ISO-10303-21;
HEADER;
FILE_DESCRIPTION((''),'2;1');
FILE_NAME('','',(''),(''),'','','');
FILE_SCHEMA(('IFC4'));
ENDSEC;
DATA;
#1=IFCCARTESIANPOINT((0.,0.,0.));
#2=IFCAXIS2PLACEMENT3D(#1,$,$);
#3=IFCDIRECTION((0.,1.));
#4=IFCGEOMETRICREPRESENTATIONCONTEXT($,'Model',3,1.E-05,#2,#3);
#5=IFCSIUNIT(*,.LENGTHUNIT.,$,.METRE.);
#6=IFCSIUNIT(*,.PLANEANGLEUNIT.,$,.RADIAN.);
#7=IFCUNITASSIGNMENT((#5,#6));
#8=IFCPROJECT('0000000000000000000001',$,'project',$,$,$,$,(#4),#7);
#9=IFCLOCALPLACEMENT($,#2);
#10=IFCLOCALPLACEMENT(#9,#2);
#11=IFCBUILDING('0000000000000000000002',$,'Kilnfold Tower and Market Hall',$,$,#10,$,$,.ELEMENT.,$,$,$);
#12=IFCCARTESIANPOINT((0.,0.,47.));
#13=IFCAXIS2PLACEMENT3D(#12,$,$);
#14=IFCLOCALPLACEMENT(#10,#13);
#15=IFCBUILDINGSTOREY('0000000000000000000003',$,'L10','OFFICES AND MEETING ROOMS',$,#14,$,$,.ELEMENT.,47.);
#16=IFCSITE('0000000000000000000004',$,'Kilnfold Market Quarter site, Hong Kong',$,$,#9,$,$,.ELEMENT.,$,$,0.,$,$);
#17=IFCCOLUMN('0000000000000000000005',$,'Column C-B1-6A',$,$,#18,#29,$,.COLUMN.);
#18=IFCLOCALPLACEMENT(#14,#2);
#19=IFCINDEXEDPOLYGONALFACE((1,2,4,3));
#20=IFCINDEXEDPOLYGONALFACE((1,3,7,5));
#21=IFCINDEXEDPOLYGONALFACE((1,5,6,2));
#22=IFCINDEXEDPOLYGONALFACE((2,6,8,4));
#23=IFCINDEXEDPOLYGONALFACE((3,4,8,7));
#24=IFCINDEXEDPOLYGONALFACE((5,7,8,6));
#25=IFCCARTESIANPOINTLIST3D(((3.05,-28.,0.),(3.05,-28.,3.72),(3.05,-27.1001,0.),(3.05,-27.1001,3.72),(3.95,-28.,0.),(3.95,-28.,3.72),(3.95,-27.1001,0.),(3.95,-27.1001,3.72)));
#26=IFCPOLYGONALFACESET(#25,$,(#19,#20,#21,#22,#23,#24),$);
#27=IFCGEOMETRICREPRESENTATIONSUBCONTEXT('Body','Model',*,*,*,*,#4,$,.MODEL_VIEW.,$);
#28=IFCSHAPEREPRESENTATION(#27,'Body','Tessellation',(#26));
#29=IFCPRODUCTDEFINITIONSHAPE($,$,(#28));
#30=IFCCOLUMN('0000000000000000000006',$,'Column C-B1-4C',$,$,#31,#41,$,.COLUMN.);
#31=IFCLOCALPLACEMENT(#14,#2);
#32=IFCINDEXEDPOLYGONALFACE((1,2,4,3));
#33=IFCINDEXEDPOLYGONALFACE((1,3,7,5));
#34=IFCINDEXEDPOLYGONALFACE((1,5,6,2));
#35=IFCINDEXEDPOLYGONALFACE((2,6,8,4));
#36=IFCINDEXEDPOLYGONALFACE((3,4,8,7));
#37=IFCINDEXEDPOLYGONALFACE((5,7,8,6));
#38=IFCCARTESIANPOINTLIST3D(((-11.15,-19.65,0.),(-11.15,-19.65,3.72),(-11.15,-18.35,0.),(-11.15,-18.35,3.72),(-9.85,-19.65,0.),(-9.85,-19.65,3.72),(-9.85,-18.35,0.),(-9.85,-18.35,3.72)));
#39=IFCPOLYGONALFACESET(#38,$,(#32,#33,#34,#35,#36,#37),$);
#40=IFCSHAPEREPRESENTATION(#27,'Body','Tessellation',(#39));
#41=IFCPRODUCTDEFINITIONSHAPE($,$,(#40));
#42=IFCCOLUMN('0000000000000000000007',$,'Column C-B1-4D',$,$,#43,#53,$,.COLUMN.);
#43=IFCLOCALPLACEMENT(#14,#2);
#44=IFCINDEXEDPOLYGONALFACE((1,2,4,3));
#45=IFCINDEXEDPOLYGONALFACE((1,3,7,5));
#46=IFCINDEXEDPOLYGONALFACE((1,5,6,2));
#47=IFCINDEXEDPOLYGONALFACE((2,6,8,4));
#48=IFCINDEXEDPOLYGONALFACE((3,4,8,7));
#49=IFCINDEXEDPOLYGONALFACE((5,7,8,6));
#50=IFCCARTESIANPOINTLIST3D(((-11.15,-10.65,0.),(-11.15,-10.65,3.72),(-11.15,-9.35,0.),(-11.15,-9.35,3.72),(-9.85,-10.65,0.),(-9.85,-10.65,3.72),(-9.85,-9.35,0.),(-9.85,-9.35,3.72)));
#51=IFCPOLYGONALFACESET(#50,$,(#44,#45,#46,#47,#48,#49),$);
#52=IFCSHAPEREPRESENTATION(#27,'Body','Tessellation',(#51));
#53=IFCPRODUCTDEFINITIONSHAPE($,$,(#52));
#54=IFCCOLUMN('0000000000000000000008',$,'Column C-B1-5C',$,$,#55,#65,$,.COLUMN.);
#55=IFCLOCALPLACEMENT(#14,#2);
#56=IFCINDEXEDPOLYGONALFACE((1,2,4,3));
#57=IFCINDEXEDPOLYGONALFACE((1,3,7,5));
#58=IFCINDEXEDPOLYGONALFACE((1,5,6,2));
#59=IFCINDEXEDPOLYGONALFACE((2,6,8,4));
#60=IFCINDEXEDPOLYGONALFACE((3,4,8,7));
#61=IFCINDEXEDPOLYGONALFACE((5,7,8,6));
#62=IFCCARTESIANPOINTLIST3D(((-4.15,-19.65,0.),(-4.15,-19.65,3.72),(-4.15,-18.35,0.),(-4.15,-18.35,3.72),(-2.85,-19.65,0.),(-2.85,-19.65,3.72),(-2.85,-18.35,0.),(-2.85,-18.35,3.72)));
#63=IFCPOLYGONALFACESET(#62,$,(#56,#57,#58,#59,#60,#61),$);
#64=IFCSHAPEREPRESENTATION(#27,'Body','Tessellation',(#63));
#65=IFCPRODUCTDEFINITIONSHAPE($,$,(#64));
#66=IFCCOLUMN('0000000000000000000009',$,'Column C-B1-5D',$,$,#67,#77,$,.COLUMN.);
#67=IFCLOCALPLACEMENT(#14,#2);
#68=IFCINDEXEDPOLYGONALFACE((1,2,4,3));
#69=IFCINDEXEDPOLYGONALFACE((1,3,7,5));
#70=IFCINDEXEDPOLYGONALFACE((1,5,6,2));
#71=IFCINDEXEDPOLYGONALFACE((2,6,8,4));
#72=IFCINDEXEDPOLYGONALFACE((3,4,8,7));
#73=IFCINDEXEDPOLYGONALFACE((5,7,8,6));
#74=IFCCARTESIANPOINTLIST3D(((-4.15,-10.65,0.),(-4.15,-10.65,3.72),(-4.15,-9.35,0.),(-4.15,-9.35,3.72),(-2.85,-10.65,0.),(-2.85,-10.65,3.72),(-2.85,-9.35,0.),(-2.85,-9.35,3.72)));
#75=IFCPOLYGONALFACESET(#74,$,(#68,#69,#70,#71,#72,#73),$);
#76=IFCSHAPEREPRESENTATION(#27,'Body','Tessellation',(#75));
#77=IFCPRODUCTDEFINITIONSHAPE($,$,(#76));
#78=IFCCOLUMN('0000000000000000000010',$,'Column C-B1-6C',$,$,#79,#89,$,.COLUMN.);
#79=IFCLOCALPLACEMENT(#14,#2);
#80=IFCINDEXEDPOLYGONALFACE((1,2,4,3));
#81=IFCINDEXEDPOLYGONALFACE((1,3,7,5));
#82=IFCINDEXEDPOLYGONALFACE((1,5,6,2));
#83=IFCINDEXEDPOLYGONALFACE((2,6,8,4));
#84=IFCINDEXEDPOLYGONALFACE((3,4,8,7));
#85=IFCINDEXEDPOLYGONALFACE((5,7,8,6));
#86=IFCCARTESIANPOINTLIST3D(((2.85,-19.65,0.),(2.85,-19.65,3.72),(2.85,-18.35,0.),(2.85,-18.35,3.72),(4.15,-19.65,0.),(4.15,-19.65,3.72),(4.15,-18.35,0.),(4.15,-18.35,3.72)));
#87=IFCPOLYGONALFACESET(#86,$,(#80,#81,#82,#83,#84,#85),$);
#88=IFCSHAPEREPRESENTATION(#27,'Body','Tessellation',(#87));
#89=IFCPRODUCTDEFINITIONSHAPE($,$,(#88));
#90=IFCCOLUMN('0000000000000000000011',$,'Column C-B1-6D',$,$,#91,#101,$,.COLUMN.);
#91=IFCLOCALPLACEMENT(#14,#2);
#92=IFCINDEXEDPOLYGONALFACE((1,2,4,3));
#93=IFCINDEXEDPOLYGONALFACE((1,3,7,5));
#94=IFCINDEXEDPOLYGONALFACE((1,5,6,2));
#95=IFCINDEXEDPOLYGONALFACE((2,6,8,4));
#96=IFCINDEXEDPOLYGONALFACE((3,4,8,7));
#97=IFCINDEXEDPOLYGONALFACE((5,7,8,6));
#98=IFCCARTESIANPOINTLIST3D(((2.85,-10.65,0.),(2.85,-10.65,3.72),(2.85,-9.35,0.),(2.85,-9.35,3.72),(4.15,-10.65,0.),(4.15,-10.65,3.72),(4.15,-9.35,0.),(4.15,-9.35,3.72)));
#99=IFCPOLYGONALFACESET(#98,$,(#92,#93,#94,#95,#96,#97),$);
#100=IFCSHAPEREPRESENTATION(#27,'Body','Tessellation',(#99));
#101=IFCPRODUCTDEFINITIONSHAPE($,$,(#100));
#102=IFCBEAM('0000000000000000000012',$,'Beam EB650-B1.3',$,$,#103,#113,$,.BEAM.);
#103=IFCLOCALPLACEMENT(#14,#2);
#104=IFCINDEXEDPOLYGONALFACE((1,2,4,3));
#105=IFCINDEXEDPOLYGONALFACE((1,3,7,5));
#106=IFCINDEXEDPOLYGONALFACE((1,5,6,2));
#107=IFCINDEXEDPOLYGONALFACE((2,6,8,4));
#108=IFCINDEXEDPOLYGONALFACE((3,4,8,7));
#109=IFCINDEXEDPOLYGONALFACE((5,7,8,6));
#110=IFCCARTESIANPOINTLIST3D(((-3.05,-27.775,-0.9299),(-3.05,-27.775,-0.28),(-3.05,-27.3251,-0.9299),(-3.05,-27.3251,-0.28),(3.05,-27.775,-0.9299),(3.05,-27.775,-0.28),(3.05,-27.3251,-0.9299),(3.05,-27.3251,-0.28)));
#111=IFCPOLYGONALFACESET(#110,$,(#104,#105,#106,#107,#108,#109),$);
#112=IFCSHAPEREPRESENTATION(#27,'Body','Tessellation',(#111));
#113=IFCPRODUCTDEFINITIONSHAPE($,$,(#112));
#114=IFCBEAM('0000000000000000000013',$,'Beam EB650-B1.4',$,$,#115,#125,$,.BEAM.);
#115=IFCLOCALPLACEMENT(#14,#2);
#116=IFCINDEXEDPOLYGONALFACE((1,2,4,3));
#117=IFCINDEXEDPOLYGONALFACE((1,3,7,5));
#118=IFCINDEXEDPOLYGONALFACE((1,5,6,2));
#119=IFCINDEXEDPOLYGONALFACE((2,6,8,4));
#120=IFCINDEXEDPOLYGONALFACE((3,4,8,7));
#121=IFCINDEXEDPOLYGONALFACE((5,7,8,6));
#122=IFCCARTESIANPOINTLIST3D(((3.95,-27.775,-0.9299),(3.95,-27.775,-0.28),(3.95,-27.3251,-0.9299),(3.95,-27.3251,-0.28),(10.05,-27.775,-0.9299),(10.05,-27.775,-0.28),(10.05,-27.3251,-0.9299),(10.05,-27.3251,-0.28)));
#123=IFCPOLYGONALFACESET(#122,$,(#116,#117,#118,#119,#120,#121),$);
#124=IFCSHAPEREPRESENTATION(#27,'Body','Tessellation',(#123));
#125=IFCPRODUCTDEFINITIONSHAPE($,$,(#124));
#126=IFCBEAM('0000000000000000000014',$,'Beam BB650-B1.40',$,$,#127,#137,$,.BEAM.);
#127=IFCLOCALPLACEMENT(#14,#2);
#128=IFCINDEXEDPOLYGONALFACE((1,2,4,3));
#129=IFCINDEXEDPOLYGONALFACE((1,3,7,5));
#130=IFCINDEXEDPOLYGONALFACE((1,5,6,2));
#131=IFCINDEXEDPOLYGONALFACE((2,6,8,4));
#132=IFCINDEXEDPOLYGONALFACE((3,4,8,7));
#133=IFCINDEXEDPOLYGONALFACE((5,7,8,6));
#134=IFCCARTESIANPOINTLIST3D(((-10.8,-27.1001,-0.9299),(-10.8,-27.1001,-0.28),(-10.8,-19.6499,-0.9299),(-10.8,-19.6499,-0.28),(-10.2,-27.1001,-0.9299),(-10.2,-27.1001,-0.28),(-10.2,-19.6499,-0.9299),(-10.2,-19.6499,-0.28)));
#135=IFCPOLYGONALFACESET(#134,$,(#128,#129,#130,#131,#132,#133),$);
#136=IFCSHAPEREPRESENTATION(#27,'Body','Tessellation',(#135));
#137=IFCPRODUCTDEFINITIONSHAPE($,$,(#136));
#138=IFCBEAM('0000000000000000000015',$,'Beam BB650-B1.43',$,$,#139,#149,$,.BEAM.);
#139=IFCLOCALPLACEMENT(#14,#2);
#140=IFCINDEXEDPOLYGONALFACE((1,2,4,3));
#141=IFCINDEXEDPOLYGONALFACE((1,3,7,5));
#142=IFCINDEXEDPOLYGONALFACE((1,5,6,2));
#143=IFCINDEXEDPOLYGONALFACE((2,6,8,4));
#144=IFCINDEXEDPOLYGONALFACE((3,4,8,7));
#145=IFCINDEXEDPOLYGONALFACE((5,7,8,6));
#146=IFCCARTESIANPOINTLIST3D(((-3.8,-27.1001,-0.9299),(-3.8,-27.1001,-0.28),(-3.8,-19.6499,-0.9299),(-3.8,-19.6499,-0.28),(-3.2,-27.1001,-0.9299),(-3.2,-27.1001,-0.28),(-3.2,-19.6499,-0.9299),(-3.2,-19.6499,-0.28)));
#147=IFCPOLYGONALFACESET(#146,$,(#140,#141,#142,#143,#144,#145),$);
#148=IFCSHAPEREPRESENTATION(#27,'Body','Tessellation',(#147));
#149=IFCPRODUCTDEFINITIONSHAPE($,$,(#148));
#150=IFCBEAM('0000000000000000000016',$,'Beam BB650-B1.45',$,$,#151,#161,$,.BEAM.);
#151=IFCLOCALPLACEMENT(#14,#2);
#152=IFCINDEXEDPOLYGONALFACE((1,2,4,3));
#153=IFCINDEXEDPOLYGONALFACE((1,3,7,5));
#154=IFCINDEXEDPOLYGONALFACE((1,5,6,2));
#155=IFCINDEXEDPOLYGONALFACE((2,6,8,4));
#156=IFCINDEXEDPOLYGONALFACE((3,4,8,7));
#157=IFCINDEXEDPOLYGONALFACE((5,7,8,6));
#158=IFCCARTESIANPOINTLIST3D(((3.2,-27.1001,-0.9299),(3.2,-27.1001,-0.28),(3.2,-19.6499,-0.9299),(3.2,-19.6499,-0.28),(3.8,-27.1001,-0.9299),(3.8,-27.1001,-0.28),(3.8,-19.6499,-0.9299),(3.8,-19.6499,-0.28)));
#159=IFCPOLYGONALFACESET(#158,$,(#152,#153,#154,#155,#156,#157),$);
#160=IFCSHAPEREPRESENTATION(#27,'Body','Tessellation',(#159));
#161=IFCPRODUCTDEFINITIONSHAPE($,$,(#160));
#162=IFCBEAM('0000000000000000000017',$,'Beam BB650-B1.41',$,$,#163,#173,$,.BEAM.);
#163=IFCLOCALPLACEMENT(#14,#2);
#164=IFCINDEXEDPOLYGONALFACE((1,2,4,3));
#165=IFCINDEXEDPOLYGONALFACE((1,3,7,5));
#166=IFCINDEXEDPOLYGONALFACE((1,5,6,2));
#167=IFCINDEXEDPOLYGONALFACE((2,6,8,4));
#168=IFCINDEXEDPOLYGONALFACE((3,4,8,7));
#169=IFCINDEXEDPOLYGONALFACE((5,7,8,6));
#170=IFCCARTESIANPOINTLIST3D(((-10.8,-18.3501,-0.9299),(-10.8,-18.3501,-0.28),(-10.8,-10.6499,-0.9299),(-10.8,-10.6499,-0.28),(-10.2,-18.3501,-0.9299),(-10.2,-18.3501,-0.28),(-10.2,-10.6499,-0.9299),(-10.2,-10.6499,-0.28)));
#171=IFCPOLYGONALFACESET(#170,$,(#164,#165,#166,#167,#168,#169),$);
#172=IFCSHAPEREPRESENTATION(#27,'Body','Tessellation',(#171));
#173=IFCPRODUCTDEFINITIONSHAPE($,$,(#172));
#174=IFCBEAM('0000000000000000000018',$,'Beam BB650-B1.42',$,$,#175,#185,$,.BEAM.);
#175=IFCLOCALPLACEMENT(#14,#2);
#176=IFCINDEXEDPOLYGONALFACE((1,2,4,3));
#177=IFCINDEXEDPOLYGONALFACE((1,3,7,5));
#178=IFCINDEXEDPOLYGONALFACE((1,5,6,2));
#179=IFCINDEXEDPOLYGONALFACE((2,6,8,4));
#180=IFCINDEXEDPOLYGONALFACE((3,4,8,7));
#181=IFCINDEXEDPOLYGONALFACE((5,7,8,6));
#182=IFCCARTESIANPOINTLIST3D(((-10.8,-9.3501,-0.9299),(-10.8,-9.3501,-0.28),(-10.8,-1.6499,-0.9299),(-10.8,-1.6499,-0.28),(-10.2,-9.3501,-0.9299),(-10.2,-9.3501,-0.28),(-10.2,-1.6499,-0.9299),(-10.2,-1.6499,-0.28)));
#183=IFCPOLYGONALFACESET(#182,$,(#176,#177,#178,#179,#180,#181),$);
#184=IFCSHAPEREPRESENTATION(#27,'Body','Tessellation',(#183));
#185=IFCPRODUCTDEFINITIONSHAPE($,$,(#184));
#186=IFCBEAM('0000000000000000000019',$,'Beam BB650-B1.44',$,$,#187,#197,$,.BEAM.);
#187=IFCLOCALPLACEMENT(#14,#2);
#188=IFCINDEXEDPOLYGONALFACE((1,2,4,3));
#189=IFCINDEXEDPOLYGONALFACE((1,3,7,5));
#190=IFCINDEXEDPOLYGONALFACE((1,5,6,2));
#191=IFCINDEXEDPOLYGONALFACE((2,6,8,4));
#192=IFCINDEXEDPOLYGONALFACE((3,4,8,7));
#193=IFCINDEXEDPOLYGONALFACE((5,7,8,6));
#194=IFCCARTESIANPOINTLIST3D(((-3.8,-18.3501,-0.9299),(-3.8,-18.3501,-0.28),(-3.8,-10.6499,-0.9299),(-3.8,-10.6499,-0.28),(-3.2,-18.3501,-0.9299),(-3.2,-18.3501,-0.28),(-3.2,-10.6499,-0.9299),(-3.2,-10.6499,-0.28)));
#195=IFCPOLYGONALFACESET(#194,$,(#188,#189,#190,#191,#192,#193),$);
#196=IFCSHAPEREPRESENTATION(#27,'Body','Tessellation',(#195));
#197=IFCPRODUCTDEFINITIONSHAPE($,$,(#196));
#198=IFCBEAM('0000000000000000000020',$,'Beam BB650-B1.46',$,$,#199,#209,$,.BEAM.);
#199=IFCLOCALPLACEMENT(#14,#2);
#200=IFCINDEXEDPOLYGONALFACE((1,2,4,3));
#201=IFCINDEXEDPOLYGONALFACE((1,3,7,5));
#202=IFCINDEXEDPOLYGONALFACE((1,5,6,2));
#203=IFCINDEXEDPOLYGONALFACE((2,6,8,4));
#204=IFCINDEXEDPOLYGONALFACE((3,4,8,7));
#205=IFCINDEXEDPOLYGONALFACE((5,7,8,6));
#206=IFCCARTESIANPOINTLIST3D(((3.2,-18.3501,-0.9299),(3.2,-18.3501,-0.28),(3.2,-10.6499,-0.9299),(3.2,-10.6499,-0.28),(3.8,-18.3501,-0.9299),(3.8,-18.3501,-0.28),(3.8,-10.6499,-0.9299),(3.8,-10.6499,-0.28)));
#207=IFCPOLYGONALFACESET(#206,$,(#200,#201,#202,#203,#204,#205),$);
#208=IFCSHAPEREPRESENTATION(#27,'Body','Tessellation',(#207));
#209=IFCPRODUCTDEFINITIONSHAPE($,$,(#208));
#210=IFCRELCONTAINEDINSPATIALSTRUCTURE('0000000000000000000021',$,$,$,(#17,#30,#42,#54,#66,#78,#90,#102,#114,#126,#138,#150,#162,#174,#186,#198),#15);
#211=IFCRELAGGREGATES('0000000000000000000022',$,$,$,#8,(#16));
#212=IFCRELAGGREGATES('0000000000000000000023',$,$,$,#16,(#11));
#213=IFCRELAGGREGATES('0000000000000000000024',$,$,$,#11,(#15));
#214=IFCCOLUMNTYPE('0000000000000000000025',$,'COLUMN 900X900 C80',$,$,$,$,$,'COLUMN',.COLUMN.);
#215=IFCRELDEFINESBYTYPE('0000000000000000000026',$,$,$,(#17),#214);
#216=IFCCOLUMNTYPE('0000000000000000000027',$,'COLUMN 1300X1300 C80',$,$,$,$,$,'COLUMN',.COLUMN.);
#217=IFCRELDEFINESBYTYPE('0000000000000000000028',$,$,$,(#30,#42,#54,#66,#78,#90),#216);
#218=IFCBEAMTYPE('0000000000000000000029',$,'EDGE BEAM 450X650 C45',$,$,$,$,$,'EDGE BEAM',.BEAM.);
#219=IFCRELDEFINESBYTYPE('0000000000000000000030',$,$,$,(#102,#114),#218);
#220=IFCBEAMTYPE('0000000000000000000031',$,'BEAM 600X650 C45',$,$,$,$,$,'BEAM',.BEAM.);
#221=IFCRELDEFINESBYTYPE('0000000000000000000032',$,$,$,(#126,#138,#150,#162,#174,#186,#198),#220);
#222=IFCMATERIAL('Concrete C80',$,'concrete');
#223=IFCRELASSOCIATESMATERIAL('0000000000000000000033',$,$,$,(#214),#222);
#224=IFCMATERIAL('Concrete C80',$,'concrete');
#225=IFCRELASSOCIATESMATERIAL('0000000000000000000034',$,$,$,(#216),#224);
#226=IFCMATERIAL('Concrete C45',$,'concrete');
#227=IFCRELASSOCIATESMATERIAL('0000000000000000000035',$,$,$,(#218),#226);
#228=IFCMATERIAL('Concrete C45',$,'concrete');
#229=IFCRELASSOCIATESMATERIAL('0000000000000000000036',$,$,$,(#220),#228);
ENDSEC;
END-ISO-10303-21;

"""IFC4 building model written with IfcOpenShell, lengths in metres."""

from ifc_helpers import new_model, si_unit, direction, frame, origin, origin_2d, place, context, subcontext, project, spatial, rectangle, extrude, source, transform, mapped, material, material_profile, profile_set, type_object, element, save


model = new_model("IFC4")

# Units and contexts
model_context = context("Model", 3, precision=1e-05, world=origin(), true_north=direction((0.0, 1.0)))
body_context = subcontext(model_context, "Body", "Model", "MODEL_VIEW")
ifc_project = project(units=[si_unit("LENGTHUNIT", "METRE"), si_unit("PLANEANGLEUNIT", "RADIAN")], contexts=[model_context])

# Site, building, storey
site_placement = place(None, origin())
site = spatial("IfcSite", under=ifc_project, at=site_placement, Name="Kilnfold Market Quarter site, Hong Kong", CompositionType="ELEMENT", RefElevation=0.0)
building_placement = place(site_placement, origin())
building = spatial("IfcBuilding", under=site, at=building_placement, Name="Kilnfold Tower and Market Hall", CompositionType="ELEMENT")
storey_placement = place(building_placement, frame((0.0, 0.0, 47.0)))
storey = spatial("IfcBuildingStorey", under=building, at=storey_placement, Name="L10", Description="OFFICES AND MEETING ROOMS", CompositionType="ELEMENT", Elevation=47.0)

# Columns
ifc_material_1 = material(Name="Concrete C80", Category="concrete")
ifc_material_profile_1 = material_profile(ifc_material_1, rectangle(XDim=0.8999, YDim=0.8999, at=origin_2d()), Name="RC 900x900")
ifc_profile_set_1 = profile_set([ifc_material_profile_1], Name="Concrete C80")
column_type_1 = type_object("IfcColumnType", Name="COLUMN 900X900 C80", ElementType="COLUMN", PredefinedType="COLUMN", material=ifc_profile_set_1)
shared_shape_1 = source(origin(), body_context, "Body", "SweptSolid", [
    extrude(rectangle(XDim=0.8999, YDim=0.8999, at=origin_2d()), origin(), (0.0, 0.0, 1.0), 3.72),
])
column_placement = place(storey_placement, frame((3.5, -27.55, 0.0), z_axis=(0.0, 0.0, 1.0), x_axis=(1.0, 0.0, 0.0)))
element("IfcColumn", 1, at=column_placement, inside=storey, type_object=column_type_1, Name="Column C-B1-6A", PredefinedType="COLUMN", context=body_context, shape_type="MappedRepresentation", body=[
    mapped(shared_shape_1, transform((0.0, 0.0, 0.0))),
])
ifc_material_2 = material(Name="Concrete C80", Category="concrete")
ifc_material_profile_2 = material_profile(ifc_material_2, rectangle(XDim=1.3, YDim=1.3, at=origin_2d()), Name="RC 1300x1300")
ifc_profile_set_2 = profile_set([ifc_material_profile_2], Name="Concrete C80")
column_type_2 = type_object("IfcColumnType", Name="COLUMN 1300X1300 C80", ElementType="COLUMN", PredefinedType="COLUMN", material=ifc_profile_set_2)
shared_shape_2 = source(origin(), body_context, "Body", "SweptSolid", [
    extrude(rectangle(XDim=1.3, YDim=1.3, at=origin_2d()), origin(), (0.0, 0.0, 1.0), 3.72),
])
for number, where, z_axis, x_axis, name in (
    (2, (-10.5, -19.0, 0.0), (0.0, 0.0, 1.0), (1.0, 0.0, 0.0), "Column C-B1-4C"),
    (3, (-10.5, -10.0, 0.0), (0.0, 0.0, 1.0), (1.0, 0.0, 0.0), "Column C-B1-4D"),
    (4, (-3.5, -19.0, 0.0), (0.0, 0.0, 1.0), (1.0, 0.0, 0.0), "Column C-B1-5C"),
    (5, (-3.5, -10.0, 0.0), (0.0, 0.0, 1.0), (1.0, 0.0, 0.0), "Column C-B1-5D"),
    (6, (3.5, -19.0, 0.0), (0.0, 0.0, 1.0), (1.0, 0.0, 0.0), "Column C-B1-6C"),
    (7, (3.5, -10.0, 0.0), (0.0, 0.0, 1.0), (1.0, 0.0, 0.0), "Column C-B1-6D"),
):
    element("IfcColumn", number, at=place(storey_placement, frame(where, z_axis=z_axis, x_axis=x_axis)), inside=storey, type_object=column_type_2, Name=name, PredefinedType="COLUMN", context=body_context, shape_type="MappedRepresentation", body=[
        mapped(shared_shape_2, transform((0.0, 0.0, 0.0))),
    ])

# Beams
ifc_material_3 = material(Name="Concrete C45", Category="concrete")
ifc_material_profile_3 = material_profile(ifc_material_3, rectangle(XDim=0.45, YDim=0.6499, at=origin_2d()), Name="RC 450x650")
ifc_profile_set_3 = profile_set([ifc_material_profile_3], Name="Concrete C45")
beam_type_1 = type_object("IfcBeamType", Name="EDGE BEAM 450X650 C45", ElementType="EDGE BEAM", PredefinedType="BEAM", material=ifc_profile_set_3)
shared_shape_3 = source(origin(), body_context, "Body", "SweptSolid", [
    extrude(rectangle(XDim=0.45, YDim=0.6499, at=origin_2d()), origin(), (0.0, 0.0, 1.0), 6.1001),
])
for number, where, z_axis, x_axis, name in (
    (8, (-3.05, -27.55, -0.605), (1.0, 0.0, 0.0), (0.0, 1.0, 0.0), "Beam EB650-B1.3"),
    (9, (3.95, -27.55, -0.605), (1.0, 0.0, 0.0), (0.0, 1.0, 0.0), "Beam EB650-B1.4"),
):
    element("IfcBeam", number, at=place(storey_placement, frame(where, z_axis=z_axis, x_axis=x_axis)), inside=storey, type_object=beam_type_1, Name=name, PredefinedType="BEAM", context=body_context, shape_type="MappedRepresentation", body=[
        mapped(shared_shape_3, transform((0.0, 0.0, 0.0))),
    ])
ifc_material_4 = material(Name="Concrete C45", Category="concrete")
ifc_material_profile_4 = material_profile(ifc_material_4, rectangle(XDim=0.6001, YDim=0.6499, at=origin_2d()), Name="RC 600x650")
ifc_profile_set_4 = profile_set([ifc_material_profile_4], Name="Concrete C45")
beam_type_2 = type_object("IfcBeamType", Name="BEAM 600X650 C45", ElementType="BEAM", PredefinedType="BEAM", material=ifc_profile_set_4)
shared_shape_4 = source(origin(), body_context, "Body", "SweptSolid", [
    extrude(rectangle(XDim=0.6001, YDim=0.6499, at=origin_2d()), origin(), (0.0, 0.0, 1.0), 7.4502),
])
for number, where, z_axis, x_axis, name in (
    (10, (-10.5, -27.1001, -0.605), (0.0, 1.0, 0.0), (-1.0, 0.0, 0.0), "Beam BB650-B1.40"),
    (11, (-3.5, -27.1001, -0.605), (0.0, 1.0, 0.0), (-1.0, 0.0, 0.0), "Beam BB650-B1.43"),
    (12, (3.5, -27.1001, -0.605), (0.0, 1.0, 0.0), (-1.0, 0.0, 0.0), "Beam BB650-B1.45"),
):
    element("IfcBeam", number, at=place(storey_placement, frame(where, z_axis=z_axis, x_axis=x_axis)), inside=storey, type_object=beam_type_2, Name=name, PredefinedType="BEAM", context=body_context, shape_type="MappedRepresentation", body=[
        mapped(shared_shape_4, transform((0.0, 0.0, 0.0))),
    ])
shared_shape_5 = source(origin(), body_context, "Body", "SweptSolid", [
    extrude(rectangle(XDim=0.6001, YDim=0.6499, at=origin_2d()), origin(), (0.0, 0.0, 1.0), 7.7002),
])
for number, where, z_axis, x_axis, name in (
    (13, (-10.5, -18.3501, -0.605), (0.0, 1.0, 0.0), (-1.0, 0.0, 0.0), "Beam BB650-B1.41"),
    (14, (-10.5, -9.3501, -0.605), (0.0, 1.0, 0.0), (-1.0, 0.0, 0.0), "Beam BB650-B1.42"),
    (15, (-3.5, -18.3501, -0.605), (0.0, 1.0, 0.0), (-1.0, 0.0, 0.0), "Beam BB650-B1.44"),
    (16, (3.5, -18.3501, -0.605), (0.0, 1.0, 0.0), (-1.0, 0.0, 0.0), "Beam BB650-B1.46"),
):
    element("IfcBeam", number, at=place(storey_placement, frame(where, z_axis=z_axis, x_axis=x_axis)), inside=storey, type_object=beam_type_2, Name=name, PredefinedType="BEAM", context=body_context, shape_type="MappedRepresentation", body=[
        mapped(shared_shape_5, transform((0.0, 0.0, 0.0))),
    ])

save(model, "model.ifc")
